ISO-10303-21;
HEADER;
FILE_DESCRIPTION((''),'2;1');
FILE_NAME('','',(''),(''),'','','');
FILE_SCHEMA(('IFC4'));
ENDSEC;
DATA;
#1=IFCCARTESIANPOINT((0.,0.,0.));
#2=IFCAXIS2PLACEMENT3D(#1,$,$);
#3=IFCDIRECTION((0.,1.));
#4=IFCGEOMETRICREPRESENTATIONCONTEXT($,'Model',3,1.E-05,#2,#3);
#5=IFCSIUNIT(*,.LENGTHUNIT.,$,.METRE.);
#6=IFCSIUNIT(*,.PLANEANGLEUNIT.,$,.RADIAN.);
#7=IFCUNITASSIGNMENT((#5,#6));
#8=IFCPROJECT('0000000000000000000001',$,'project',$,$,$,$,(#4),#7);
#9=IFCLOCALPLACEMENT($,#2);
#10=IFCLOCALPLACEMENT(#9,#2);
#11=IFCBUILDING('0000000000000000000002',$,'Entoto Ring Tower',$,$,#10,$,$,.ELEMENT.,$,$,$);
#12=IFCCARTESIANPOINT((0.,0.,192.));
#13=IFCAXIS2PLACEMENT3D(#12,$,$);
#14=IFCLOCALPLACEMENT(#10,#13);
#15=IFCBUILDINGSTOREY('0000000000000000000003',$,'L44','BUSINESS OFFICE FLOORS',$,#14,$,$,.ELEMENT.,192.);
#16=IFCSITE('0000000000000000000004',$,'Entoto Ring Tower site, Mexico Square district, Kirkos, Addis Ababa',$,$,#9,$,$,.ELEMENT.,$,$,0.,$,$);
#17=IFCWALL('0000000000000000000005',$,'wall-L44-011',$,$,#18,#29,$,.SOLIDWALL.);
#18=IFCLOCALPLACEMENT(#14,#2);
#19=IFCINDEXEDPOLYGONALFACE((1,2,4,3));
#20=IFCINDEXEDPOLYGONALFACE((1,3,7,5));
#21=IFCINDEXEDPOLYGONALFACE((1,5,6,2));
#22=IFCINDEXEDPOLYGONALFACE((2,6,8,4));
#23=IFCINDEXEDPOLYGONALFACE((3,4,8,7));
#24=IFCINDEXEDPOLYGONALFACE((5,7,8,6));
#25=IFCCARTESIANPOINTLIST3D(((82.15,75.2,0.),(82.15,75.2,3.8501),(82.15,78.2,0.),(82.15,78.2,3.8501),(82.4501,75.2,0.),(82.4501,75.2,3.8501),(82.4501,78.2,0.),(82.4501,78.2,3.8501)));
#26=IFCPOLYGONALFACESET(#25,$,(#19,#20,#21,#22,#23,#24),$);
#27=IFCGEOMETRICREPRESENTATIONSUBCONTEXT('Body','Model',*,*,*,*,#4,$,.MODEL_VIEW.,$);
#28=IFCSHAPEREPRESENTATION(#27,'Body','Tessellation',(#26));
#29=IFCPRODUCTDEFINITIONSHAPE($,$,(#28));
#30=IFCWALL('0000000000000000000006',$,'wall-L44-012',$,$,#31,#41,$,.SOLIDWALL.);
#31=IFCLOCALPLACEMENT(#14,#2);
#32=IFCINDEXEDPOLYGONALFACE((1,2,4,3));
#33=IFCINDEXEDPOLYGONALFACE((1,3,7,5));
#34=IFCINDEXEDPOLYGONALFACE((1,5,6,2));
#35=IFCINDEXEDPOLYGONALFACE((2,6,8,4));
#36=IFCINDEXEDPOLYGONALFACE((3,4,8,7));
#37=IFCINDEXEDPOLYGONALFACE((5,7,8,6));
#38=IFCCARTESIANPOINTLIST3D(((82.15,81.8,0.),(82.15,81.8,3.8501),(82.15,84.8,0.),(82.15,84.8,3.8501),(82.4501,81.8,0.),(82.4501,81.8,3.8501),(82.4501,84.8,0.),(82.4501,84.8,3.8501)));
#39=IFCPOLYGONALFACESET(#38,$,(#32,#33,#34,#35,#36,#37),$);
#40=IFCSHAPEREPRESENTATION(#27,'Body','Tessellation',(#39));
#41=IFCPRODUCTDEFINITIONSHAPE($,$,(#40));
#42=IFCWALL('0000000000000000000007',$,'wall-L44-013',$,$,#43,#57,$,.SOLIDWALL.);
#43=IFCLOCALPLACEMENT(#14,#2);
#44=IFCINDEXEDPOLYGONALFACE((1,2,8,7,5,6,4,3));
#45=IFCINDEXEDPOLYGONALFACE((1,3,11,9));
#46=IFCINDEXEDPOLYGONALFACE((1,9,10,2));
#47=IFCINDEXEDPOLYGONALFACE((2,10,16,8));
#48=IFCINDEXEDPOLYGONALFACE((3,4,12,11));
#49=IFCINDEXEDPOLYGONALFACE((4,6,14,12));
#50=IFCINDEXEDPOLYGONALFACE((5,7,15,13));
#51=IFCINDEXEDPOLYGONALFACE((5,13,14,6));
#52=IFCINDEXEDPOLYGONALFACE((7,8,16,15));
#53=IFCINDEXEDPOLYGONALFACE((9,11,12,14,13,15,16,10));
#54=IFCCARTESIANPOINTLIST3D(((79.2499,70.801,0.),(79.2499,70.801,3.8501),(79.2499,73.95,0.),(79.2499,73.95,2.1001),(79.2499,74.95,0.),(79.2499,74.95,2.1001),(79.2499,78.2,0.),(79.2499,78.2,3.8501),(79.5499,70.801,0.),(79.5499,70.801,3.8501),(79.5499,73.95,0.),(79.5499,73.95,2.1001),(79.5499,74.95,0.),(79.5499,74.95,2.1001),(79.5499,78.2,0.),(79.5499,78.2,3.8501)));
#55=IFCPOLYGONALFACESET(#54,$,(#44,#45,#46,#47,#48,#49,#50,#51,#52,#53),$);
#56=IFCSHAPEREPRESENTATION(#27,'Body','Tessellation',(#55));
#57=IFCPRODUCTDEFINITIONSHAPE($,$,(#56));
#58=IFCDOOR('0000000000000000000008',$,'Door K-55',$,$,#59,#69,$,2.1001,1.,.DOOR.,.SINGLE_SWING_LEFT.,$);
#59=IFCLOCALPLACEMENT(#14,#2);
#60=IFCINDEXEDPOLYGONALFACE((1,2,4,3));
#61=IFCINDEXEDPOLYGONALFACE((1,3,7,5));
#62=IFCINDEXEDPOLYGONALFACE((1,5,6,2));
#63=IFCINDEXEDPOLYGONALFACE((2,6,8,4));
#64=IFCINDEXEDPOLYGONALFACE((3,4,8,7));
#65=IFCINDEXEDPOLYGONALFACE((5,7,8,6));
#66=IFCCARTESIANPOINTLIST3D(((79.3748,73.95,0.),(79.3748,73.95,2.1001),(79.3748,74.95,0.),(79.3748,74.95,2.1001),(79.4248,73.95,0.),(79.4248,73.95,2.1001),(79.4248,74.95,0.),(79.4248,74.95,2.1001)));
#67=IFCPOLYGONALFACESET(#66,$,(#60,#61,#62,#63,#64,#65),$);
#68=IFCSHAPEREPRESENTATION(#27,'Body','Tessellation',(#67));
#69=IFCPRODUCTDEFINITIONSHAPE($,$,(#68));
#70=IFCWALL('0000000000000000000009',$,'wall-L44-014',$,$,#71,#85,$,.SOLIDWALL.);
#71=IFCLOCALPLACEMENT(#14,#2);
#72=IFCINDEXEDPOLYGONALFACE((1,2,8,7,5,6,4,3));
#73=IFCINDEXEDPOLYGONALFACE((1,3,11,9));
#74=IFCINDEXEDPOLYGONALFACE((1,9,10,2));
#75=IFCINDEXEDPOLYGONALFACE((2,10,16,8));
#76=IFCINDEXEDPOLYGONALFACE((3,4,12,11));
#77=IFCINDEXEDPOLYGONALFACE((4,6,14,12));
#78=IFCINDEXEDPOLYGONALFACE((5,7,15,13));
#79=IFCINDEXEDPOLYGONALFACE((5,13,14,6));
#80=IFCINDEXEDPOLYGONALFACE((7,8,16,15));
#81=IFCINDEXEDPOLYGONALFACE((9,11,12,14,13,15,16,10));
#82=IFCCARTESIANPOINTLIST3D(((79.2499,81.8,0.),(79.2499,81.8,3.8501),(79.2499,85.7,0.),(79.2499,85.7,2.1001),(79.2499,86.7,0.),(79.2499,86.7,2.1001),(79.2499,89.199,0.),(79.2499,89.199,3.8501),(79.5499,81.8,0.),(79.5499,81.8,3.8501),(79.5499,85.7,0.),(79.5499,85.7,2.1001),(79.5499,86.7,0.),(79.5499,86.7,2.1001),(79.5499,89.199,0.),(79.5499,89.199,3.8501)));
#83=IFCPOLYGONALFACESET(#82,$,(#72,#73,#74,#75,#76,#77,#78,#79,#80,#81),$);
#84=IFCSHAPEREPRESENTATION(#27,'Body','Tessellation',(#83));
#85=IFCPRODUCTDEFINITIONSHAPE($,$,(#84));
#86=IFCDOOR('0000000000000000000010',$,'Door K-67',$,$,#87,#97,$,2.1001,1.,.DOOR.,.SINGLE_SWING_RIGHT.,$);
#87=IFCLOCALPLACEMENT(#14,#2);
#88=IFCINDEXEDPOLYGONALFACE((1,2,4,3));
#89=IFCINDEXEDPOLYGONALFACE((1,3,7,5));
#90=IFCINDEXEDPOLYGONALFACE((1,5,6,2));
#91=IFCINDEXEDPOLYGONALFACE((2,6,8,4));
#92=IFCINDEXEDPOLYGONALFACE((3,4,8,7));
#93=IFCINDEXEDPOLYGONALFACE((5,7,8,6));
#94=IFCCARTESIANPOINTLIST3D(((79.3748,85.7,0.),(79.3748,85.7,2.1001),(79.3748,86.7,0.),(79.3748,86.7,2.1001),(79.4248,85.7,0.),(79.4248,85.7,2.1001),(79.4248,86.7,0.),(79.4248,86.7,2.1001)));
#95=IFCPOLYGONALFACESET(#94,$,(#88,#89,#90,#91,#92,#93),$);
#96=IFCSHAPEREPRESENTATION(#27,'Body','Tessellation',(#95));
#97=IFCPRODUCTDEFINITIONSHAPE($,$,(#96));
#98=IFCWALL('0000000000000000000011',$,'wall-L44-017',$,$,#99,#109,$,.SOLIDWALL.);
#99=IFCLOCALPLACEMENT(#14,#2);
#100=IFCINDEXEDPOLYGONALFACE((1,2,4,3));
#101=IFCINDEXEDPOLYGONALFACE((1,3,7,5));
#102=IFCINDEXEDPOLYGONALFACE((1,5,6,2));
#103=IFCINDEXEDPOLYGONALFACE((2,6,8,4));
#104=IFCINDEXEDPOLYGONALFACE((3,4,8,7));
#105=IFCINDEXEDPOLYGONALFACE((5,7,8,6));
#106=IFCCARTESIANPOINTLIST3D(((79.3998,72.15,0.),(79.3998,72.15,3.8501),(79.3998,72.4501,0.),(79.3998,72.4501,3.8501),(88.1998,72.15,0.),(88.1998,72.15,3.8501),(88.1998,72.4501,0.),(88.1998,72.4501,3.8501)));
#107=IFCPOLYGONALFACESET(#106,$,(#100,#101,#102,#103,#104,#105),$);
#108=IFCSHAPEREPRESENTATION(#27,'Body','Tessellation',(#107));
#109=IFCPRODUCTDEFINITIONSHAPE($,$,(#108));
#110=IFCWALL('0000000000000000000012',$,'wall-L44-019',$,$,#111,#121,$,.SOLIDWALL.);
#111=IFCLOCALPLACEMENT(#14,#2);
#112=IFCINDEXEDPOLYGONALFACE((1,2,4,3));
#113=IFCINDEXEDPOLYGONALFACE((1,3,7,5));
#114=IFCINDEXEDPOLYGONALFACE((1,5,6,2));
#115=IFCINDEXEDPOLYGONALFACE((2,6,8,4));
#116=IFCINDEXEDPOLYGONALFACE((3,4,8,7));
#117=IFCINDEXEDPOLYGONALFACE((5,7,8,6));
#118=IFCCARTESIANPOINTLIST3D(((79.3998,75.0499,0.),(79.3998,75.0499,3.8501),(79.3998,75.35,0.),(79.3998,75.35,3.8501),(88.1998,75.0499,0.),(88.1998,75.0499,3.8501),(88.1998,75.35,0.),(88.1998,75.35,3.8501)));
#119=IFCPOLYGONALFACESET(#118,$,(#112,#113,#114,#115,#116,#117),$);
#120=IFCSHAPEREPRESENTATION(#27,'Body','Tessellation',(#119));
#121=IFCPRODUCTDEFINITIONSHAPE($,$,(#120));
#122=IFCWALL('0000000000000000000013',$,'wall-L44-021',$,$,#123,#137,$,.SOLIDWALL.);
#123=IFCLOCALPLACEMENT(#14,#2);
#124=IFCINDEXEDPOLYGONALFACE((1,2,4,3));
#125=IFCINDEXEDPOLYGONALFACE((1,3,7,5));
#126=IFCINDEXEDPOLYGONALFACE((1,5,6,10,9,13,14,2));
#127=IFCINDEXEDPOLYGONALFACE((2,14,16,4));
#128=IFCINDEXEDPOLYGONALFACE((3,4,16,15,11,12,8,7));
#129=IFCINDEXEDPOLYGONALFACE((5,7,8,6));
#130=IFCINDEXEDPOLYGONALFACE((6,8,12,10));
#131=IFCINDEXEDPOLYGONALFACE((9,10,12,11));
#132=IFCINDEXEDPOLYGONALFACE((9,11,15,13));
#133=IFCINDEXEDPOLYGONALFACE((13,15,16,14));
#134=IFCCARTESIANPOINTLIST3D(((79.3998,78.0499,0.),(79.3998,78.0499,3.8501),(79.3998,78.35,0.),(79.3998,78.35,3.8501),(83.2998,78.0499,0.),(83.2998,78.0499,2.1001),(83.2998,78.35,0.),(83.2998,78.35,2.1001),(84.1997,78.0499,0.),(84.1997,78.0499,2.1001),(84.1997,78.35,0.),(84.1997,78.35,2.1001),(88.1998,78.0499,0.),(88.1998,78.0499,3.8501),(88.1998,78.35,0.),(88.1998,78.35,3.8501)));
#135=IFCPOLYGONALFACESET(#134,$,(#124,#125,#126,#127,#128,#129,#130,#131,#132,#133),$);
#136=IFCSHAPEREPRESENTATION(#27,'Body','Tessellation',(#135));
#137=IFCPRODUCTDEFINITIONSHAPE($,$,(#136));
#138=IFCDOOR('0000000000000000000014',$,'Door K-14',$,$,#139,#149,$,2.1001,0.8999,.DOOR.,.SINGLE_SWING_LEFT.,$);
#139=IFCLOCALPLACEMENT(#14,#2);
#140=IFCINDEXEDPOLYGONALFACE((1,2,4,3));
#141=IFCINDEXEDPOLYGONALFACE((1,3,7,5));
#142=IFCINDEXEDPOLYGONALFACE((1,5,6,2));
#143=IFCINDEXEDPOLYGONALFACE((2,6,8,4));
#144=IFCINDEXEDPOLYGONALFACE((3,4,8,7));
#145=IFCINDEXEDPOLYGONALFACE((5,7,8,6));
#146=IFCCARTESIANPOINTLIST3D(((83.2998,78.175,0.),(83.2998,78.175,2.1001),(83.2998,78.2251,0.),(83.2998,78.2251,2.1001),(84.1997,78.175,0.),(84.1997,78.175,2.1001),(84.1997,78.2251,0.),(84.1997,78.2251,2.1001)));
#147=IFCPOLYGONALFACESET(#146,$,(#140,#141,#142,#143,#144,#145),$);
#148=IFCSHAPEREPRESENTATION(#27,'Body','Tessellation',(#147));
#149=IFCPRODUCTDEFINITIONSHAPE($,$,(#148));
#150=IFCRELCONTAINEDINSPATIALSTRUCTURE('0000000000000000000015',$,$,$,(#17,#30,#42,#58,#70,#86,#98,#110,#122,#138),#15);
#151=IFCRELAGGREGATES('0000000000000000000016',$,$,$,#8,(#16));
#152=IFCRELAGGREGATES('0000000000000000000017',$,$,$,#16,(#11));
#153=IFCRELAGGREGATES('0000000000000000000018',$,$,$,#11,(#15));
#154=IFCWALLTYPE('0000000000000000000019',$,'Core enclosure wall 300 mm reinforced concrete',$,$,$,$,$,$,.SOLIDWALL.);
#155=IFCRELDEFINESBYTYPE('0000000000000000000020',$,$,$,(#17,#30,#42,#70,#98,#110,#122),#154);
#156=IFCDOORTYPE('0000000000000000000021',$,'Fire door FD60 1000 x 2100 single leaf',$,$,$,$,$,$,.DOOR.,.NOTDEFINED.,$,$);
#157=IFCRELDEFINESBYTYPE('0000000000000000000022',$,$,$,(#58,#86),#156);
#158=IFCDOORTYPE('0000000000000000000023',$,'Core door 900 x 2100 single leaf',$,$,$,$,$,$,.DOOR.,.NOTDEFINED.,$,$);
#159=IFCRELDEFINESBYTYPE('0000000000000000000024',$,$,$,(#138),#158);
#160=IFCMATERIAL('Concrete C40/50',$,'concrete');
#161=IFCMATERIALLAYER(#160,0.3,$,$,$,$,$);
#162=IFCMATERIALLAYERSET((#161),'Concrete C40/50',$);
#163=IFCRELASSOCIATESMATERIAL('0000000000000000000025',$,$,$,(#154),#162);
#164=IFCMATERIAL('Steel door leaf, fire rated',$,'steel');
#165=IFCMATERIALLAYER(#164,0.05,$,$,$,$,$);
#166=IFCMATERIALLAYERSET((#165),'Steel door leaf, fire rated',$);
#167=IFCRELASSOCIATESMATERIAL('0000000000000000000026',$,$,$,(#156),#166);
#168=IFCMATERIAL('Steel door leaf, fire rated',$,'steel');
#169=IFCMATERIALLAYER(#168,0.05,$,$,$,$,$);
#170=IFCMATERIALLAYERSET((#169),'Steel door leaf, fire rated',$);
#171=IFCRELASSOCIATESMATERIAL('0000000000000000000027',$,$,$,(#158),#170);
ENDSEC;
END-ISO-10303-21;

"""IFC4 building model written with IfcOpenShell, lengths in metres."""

from ifc_helpers import new_model, si_unit, direction, frame, frame_2d, origin, place, context, subcontext, project, spatial, rectangle, extrude, material, layer, layer_set, type_object, element, fill, save


model = new_model("IFC4")

# Units and contexts
model_context = context("Model", 3, precision=1e-05, world=origin(), true_north=direction((0.0, 1.0)))
body_context = subcontext(model_context, "Body", "Model", "MODEL_VIEW")
ifc_project = project(units=[si_unit("LENGTHUNIT", "METRE"), si_unit("PLANEANGLEUNIT", "RADIAN")], contexts=[model_context])

# Site, building, storey
site_placement = place(None, origin())
site = spatial("IfcSite", under=ifc_project, at=site_placement, Name="Entoto Ring Tower site, Mexico Square district, Kirkos, Addis Ababa", CompositionType="ELEMENT", RefElevation=0.0)
building_placement = place(site_placement, origin())
building = spatial("IfcBuilding", under=site, at=building_placement, Name="Entoto Ring Tower", CompositionType="ELEMENT")
storey_placement = place(building_placement, frame((0.0, 0.0, 192.0)))
storey = spatial("IfcBuildingStorey", under=building, at=storey_placement, Name="L44", Description="BUSINESS OFFICE FLOORS", CompositionType="ELEMENT", Elevation=192.0)

# Walls
ifc_material_1 = material(Name="Concrete C40/50", Category="concrete")
ifc_layer_1 = layer(ifc_material_1, 0.3)
ifc_layer_set_1 = layer_set([ifc_layer_1], Name="Concrete C40/50")
wall_type_1 = type_object("IfcWallType", Name="Core enclosure wall 300 mm reinforced concrete", PredefinedType="SOLIDWALL", material=ifc_layer_set_1)
for number, where, z_axis, x_axis, name in (
    (1, (82.3, 75.2, 0.0), (0.0, 0.0, 1.0), (0.0, 1.0, 0.0), "wall-L44-011"),
    (2, (82.3, 81.8, 0.0), (0.0, 0.0, 1.0), (0.0, 1.0, 0.0), "wall-L44-012"),
):
    element("IfcWall", number, at=place(storey_placement, frame(where, z_axis=z_axis, x_axis=x_axis)), inside=storey, type_object=wall_type_1, Name=name, PredefinedType="SOLIDWALL", context=body_context, shape_type="SweptSolid", body=[
        extrude(rectangle(XDim=3.0, YDim=0.3, at=frame_2d((1.5, 0.0))), origin(), (0.0, 0.0, 1.0), 3.8501),
    ])

# Walls, openings, doors
wall_1_placement = place(storey_placement, frame((79.3999, 70.801, 0.0), z_axis=(0.0, 0.0, 1.0), x_axis=(0.0, 1.0, 0.0)))
wall_1 = element("IfcWall", 3, at=wall_1_placement, inside=storey, type_object=wall_type_1, Name="wall-L44-013", PredefinedType="SOLIDWALL", context=body_context, shape_type="SweptSolid", body=[
    extrude(rectangle(XDim=7.3989, YDim=0.3, at=frame_2d((3.6995, 0.0))), origin(), (0.0, 0.0, 1.0), 3.8501),
])
opening_1_placement = place(wall_1_placement, frame((3.1489, 0.0, 0.0)))
opening_1 = element("IfcOpeningElement", 4, at=opening_1_placement, cuts=wall_1, PredefinedType="OPENING", context=body_context, shape_type="SweptSolid", body=[
    extrude(rectangle(XDim=1.0, YDim=2.1001, at=frame_2d((0.5, 1.05))), frame((0.0, 0.1602, 0.0), z_axis=(0.0, -1.0, 0.0), x_axis=(1.0, 0.0, 0.0)), (0.0, 0.0, 1.0), 0.3201),
])
ifc_material_2 = material(Name="Steel door leaf, fire rated", Category="steel")
ifc_layer_2 = layer(ifc_material_2, 0.05)
ifc_layer_set_2 = layer_set([ifc_layer_2], Name="Steel door leaf, fire rated")
door_type_1 = type_object("IfcDoorType", Name="Fire door FD60 1000 x 2100 single leaf", OperationType="NOTDEFINED", PredefinedType="DOOR", material=ifc_layer_set_2)
door_1_placement = place(opening_1_placement, frame((1.0, 0.0, 0.0), z_axis=(0.0, 0.0, 1.0), x_axis=(-1.0, 0.0, 0.0)))
door_1 = element("IfcDoor", 5, at=door_1_placement, inside=storey, type_object=door_type_1, Name="Door K-55", OperationType="SINGLE_SWING_LEFT", OverallHeight=2.1001, OverallWidth=1.0, PredefinedType="DOOR", context=body_context, shape_type="SweptSolid", body=[
    extrude(rectangle(XDim=1.0, YDim=2.1001, at=frame_2d((0.5, 1.05))), frame((0.0, 0.0249, 0.0), z_axis=(0.0, -1.0, 0.0), x_axis=(1.0, 0.0, 0.0)), (0.0, 0.0, 1.0), 0.05),
])
fill(opening_1, door_1)
wall_2_placement = place(storey_placement, frame((79.3999, 81.8, 0.0), z_axis=(0.0, 0.0, 1.0), x_axis=(0.0, 1.0, 0.0)))
wall_2 = element("IfcWall", 6, at=wall_2_placement, inside=storey, type_object=wall_type_1, Name="wall-L44-014", PredefinedType="SOLIDWALL", context=body_context, shape_type="SweptSolid", body=[
    extrude(rectangle(XDim=7.3989, YDim=0.3, at=frame_2d((3.6995, 0.0))), origin(), (0.0, 0.0, 1.0), 3.8501),
])
opening_2_placement = place(wall_2_placement, frame((3.8999, 0.0, 0.0)))
opening_2 = element("IfcOpeningElement", 7, at=opening_2_placement, cuts=wall_2, PredefinedType="OPENING", context=body_context, shape_type="SweptSolid", body=[
    extrude(rectangle(XDim=1.0, YDim=2.1001, at=frame_2d((0.5, 1.05))), frame((0.0, 0.1602, 0.0), z_axis=(0.0, -1.0, 0.0), x_axis=(1.0, 0.0, 0.0)), (0.0, 0.0, 1.0), 0.3201),
])
door_2_placement = place(opening_2_placement, frame((1.0, 0.0, 0.0), z_axis=(0.0, 0.0, 1.0), x_axis=(-1.0, 0.0, 0.0)))
door_2 = element("IfcDoor", 8, at=door_2_placement, inside=storey, type_object=door_type_1, Name="Door K-67", OperationType="SINGLE_SWING_RIGHT", OverallHeight=2.1001, OverallWidth=1.0, PredefinedType="DOOR", context=body_context, shape_type="SweptSolid", body=[
    extrude(rectangle(XDim=1.0, YDim=2.1001, at=frame_2d((0.5, 1.05))), frame((0.0, 0.0249, 0.0), z_axis=(0.0, -1.0, 0.0), x_axis=(1.0, 0.0, 0.0)), (0.0, 0.0, 1.0), 0.05),
])
fill(opening_2, door_2)

# Walls
for number, where, z_axis, x_axis, name in (
    (9, (79.3999, 72.3, 0.0), (0.0, 0.0, 1.0), (1.0, 0.0, 0.0), "wall-L44-017"),
    (10, (79.3999, 75.2, 0.0), (0.0, 0.0, 1.0), (1.0, 0.0, 0.0), "wall-L44-019"),
):
    element("IfcWall", number, at=place(storey_placement, frame(where, z_axis=z_axis, x_axis=x_axis)), inside=storey, type_object=wall_type_1, Name=name, PredefinedType="SOLIDWALL", context=body_context, shape_type="SweptSolid", body=[
        extrude(rectangle(XDim=8.8, YDim=0.3, at=frame_2d((4.3999, 0.0))), origin(), (0.0, 0.0, 1.0), 3.8501),
    ])

# Wall, opening, door
wall_3_placement = place(storey_placement, frame((79.3999, 78.2, 0.0), z_axis=(0.0, 0.0, 1.0), x_axis=(1.0, 0.0, 0.0)))
wall_3 = element("IfcWall", 11, at=wall_3_placement, inside=storey, type_object=wall_type_1, Name="wall-L44-021", PredefinedType="SOLIDWALL", context=body_context, shape_type="SweptSolid", body=[
    extrude(rectangle(XDim=8.8, YDim=0.3, at=frame_2d((4.3999, 0.0))), origin(), (0.0, 0.0, 1.0), 3.8501),
])
opening_3_placement = place(wall_3_placement, frame((3.8999, 0.0, 0.0)))
opening_3 = element("IfcOpeningElement", 12, at=opening_3_placement, cuts=wall_3, PredefinedType="OPENING", context=body_context, shape_type="SweptSolid", body=[
    extrude(rectangle(XDim=0.8999, YDim=2.1001, at=frame_2d((0.45, 1.05))), frame((0.0, 0.1602, 0.0), z_axis=(0.0, -1.0, 0.0), x_axis=(1.0, 0.0, 0.0)), (0.0, 0.0, 1.0), 0.3201),
])
ifc_material_3 = material(Name="Steel door leaf, fire rated", Category="steel")
ifc_layer_3 = layer(ifc_material_3, 0.05)
ifc_layer_set_3 = layer_set([ifc_layer_3], Name="Steel door leaf, fire rated")
door_type_2 = type_object("IfcDoorType", Name="Core door 900 x 2100 single leaf", OperationType="NOTDEFINED", PredefinedType="DOOR", material=ifc_layer_set_3)
door_3_placement = place(opening_3_placement, frame((0.8999, 0.0, 0.0), z_axis=(0.0, 0.0, 1.0), x_axis=(-1.0, 0.0, 0.0)))
door_3 = element("IfcDoor", 13, at=door_3_placement, inside=storey, type_object=door_type_2, Name="Door K-14", OperationType="SINGLE_SWING_LEFT", OverallHeight=2.1001, OverallWidth=0.8999, PredefinedType="DOOR", context=body_context, shape_type="SweptSolid", body=[
    extrude(rectangle(XDim=0.8999, YDim=2.1001, at=frame_2d((0.45, 1.05))), frame((0.0, 0.0249, 0.0), z_axis=(0.0, -1.0, 0.0), x_axis=(1.0, 0.0, 0.0)), (0.0, 0.0, 1.0), 0.05),
])
fill(opening_3, door_3)

save(model, "model.ifc")
